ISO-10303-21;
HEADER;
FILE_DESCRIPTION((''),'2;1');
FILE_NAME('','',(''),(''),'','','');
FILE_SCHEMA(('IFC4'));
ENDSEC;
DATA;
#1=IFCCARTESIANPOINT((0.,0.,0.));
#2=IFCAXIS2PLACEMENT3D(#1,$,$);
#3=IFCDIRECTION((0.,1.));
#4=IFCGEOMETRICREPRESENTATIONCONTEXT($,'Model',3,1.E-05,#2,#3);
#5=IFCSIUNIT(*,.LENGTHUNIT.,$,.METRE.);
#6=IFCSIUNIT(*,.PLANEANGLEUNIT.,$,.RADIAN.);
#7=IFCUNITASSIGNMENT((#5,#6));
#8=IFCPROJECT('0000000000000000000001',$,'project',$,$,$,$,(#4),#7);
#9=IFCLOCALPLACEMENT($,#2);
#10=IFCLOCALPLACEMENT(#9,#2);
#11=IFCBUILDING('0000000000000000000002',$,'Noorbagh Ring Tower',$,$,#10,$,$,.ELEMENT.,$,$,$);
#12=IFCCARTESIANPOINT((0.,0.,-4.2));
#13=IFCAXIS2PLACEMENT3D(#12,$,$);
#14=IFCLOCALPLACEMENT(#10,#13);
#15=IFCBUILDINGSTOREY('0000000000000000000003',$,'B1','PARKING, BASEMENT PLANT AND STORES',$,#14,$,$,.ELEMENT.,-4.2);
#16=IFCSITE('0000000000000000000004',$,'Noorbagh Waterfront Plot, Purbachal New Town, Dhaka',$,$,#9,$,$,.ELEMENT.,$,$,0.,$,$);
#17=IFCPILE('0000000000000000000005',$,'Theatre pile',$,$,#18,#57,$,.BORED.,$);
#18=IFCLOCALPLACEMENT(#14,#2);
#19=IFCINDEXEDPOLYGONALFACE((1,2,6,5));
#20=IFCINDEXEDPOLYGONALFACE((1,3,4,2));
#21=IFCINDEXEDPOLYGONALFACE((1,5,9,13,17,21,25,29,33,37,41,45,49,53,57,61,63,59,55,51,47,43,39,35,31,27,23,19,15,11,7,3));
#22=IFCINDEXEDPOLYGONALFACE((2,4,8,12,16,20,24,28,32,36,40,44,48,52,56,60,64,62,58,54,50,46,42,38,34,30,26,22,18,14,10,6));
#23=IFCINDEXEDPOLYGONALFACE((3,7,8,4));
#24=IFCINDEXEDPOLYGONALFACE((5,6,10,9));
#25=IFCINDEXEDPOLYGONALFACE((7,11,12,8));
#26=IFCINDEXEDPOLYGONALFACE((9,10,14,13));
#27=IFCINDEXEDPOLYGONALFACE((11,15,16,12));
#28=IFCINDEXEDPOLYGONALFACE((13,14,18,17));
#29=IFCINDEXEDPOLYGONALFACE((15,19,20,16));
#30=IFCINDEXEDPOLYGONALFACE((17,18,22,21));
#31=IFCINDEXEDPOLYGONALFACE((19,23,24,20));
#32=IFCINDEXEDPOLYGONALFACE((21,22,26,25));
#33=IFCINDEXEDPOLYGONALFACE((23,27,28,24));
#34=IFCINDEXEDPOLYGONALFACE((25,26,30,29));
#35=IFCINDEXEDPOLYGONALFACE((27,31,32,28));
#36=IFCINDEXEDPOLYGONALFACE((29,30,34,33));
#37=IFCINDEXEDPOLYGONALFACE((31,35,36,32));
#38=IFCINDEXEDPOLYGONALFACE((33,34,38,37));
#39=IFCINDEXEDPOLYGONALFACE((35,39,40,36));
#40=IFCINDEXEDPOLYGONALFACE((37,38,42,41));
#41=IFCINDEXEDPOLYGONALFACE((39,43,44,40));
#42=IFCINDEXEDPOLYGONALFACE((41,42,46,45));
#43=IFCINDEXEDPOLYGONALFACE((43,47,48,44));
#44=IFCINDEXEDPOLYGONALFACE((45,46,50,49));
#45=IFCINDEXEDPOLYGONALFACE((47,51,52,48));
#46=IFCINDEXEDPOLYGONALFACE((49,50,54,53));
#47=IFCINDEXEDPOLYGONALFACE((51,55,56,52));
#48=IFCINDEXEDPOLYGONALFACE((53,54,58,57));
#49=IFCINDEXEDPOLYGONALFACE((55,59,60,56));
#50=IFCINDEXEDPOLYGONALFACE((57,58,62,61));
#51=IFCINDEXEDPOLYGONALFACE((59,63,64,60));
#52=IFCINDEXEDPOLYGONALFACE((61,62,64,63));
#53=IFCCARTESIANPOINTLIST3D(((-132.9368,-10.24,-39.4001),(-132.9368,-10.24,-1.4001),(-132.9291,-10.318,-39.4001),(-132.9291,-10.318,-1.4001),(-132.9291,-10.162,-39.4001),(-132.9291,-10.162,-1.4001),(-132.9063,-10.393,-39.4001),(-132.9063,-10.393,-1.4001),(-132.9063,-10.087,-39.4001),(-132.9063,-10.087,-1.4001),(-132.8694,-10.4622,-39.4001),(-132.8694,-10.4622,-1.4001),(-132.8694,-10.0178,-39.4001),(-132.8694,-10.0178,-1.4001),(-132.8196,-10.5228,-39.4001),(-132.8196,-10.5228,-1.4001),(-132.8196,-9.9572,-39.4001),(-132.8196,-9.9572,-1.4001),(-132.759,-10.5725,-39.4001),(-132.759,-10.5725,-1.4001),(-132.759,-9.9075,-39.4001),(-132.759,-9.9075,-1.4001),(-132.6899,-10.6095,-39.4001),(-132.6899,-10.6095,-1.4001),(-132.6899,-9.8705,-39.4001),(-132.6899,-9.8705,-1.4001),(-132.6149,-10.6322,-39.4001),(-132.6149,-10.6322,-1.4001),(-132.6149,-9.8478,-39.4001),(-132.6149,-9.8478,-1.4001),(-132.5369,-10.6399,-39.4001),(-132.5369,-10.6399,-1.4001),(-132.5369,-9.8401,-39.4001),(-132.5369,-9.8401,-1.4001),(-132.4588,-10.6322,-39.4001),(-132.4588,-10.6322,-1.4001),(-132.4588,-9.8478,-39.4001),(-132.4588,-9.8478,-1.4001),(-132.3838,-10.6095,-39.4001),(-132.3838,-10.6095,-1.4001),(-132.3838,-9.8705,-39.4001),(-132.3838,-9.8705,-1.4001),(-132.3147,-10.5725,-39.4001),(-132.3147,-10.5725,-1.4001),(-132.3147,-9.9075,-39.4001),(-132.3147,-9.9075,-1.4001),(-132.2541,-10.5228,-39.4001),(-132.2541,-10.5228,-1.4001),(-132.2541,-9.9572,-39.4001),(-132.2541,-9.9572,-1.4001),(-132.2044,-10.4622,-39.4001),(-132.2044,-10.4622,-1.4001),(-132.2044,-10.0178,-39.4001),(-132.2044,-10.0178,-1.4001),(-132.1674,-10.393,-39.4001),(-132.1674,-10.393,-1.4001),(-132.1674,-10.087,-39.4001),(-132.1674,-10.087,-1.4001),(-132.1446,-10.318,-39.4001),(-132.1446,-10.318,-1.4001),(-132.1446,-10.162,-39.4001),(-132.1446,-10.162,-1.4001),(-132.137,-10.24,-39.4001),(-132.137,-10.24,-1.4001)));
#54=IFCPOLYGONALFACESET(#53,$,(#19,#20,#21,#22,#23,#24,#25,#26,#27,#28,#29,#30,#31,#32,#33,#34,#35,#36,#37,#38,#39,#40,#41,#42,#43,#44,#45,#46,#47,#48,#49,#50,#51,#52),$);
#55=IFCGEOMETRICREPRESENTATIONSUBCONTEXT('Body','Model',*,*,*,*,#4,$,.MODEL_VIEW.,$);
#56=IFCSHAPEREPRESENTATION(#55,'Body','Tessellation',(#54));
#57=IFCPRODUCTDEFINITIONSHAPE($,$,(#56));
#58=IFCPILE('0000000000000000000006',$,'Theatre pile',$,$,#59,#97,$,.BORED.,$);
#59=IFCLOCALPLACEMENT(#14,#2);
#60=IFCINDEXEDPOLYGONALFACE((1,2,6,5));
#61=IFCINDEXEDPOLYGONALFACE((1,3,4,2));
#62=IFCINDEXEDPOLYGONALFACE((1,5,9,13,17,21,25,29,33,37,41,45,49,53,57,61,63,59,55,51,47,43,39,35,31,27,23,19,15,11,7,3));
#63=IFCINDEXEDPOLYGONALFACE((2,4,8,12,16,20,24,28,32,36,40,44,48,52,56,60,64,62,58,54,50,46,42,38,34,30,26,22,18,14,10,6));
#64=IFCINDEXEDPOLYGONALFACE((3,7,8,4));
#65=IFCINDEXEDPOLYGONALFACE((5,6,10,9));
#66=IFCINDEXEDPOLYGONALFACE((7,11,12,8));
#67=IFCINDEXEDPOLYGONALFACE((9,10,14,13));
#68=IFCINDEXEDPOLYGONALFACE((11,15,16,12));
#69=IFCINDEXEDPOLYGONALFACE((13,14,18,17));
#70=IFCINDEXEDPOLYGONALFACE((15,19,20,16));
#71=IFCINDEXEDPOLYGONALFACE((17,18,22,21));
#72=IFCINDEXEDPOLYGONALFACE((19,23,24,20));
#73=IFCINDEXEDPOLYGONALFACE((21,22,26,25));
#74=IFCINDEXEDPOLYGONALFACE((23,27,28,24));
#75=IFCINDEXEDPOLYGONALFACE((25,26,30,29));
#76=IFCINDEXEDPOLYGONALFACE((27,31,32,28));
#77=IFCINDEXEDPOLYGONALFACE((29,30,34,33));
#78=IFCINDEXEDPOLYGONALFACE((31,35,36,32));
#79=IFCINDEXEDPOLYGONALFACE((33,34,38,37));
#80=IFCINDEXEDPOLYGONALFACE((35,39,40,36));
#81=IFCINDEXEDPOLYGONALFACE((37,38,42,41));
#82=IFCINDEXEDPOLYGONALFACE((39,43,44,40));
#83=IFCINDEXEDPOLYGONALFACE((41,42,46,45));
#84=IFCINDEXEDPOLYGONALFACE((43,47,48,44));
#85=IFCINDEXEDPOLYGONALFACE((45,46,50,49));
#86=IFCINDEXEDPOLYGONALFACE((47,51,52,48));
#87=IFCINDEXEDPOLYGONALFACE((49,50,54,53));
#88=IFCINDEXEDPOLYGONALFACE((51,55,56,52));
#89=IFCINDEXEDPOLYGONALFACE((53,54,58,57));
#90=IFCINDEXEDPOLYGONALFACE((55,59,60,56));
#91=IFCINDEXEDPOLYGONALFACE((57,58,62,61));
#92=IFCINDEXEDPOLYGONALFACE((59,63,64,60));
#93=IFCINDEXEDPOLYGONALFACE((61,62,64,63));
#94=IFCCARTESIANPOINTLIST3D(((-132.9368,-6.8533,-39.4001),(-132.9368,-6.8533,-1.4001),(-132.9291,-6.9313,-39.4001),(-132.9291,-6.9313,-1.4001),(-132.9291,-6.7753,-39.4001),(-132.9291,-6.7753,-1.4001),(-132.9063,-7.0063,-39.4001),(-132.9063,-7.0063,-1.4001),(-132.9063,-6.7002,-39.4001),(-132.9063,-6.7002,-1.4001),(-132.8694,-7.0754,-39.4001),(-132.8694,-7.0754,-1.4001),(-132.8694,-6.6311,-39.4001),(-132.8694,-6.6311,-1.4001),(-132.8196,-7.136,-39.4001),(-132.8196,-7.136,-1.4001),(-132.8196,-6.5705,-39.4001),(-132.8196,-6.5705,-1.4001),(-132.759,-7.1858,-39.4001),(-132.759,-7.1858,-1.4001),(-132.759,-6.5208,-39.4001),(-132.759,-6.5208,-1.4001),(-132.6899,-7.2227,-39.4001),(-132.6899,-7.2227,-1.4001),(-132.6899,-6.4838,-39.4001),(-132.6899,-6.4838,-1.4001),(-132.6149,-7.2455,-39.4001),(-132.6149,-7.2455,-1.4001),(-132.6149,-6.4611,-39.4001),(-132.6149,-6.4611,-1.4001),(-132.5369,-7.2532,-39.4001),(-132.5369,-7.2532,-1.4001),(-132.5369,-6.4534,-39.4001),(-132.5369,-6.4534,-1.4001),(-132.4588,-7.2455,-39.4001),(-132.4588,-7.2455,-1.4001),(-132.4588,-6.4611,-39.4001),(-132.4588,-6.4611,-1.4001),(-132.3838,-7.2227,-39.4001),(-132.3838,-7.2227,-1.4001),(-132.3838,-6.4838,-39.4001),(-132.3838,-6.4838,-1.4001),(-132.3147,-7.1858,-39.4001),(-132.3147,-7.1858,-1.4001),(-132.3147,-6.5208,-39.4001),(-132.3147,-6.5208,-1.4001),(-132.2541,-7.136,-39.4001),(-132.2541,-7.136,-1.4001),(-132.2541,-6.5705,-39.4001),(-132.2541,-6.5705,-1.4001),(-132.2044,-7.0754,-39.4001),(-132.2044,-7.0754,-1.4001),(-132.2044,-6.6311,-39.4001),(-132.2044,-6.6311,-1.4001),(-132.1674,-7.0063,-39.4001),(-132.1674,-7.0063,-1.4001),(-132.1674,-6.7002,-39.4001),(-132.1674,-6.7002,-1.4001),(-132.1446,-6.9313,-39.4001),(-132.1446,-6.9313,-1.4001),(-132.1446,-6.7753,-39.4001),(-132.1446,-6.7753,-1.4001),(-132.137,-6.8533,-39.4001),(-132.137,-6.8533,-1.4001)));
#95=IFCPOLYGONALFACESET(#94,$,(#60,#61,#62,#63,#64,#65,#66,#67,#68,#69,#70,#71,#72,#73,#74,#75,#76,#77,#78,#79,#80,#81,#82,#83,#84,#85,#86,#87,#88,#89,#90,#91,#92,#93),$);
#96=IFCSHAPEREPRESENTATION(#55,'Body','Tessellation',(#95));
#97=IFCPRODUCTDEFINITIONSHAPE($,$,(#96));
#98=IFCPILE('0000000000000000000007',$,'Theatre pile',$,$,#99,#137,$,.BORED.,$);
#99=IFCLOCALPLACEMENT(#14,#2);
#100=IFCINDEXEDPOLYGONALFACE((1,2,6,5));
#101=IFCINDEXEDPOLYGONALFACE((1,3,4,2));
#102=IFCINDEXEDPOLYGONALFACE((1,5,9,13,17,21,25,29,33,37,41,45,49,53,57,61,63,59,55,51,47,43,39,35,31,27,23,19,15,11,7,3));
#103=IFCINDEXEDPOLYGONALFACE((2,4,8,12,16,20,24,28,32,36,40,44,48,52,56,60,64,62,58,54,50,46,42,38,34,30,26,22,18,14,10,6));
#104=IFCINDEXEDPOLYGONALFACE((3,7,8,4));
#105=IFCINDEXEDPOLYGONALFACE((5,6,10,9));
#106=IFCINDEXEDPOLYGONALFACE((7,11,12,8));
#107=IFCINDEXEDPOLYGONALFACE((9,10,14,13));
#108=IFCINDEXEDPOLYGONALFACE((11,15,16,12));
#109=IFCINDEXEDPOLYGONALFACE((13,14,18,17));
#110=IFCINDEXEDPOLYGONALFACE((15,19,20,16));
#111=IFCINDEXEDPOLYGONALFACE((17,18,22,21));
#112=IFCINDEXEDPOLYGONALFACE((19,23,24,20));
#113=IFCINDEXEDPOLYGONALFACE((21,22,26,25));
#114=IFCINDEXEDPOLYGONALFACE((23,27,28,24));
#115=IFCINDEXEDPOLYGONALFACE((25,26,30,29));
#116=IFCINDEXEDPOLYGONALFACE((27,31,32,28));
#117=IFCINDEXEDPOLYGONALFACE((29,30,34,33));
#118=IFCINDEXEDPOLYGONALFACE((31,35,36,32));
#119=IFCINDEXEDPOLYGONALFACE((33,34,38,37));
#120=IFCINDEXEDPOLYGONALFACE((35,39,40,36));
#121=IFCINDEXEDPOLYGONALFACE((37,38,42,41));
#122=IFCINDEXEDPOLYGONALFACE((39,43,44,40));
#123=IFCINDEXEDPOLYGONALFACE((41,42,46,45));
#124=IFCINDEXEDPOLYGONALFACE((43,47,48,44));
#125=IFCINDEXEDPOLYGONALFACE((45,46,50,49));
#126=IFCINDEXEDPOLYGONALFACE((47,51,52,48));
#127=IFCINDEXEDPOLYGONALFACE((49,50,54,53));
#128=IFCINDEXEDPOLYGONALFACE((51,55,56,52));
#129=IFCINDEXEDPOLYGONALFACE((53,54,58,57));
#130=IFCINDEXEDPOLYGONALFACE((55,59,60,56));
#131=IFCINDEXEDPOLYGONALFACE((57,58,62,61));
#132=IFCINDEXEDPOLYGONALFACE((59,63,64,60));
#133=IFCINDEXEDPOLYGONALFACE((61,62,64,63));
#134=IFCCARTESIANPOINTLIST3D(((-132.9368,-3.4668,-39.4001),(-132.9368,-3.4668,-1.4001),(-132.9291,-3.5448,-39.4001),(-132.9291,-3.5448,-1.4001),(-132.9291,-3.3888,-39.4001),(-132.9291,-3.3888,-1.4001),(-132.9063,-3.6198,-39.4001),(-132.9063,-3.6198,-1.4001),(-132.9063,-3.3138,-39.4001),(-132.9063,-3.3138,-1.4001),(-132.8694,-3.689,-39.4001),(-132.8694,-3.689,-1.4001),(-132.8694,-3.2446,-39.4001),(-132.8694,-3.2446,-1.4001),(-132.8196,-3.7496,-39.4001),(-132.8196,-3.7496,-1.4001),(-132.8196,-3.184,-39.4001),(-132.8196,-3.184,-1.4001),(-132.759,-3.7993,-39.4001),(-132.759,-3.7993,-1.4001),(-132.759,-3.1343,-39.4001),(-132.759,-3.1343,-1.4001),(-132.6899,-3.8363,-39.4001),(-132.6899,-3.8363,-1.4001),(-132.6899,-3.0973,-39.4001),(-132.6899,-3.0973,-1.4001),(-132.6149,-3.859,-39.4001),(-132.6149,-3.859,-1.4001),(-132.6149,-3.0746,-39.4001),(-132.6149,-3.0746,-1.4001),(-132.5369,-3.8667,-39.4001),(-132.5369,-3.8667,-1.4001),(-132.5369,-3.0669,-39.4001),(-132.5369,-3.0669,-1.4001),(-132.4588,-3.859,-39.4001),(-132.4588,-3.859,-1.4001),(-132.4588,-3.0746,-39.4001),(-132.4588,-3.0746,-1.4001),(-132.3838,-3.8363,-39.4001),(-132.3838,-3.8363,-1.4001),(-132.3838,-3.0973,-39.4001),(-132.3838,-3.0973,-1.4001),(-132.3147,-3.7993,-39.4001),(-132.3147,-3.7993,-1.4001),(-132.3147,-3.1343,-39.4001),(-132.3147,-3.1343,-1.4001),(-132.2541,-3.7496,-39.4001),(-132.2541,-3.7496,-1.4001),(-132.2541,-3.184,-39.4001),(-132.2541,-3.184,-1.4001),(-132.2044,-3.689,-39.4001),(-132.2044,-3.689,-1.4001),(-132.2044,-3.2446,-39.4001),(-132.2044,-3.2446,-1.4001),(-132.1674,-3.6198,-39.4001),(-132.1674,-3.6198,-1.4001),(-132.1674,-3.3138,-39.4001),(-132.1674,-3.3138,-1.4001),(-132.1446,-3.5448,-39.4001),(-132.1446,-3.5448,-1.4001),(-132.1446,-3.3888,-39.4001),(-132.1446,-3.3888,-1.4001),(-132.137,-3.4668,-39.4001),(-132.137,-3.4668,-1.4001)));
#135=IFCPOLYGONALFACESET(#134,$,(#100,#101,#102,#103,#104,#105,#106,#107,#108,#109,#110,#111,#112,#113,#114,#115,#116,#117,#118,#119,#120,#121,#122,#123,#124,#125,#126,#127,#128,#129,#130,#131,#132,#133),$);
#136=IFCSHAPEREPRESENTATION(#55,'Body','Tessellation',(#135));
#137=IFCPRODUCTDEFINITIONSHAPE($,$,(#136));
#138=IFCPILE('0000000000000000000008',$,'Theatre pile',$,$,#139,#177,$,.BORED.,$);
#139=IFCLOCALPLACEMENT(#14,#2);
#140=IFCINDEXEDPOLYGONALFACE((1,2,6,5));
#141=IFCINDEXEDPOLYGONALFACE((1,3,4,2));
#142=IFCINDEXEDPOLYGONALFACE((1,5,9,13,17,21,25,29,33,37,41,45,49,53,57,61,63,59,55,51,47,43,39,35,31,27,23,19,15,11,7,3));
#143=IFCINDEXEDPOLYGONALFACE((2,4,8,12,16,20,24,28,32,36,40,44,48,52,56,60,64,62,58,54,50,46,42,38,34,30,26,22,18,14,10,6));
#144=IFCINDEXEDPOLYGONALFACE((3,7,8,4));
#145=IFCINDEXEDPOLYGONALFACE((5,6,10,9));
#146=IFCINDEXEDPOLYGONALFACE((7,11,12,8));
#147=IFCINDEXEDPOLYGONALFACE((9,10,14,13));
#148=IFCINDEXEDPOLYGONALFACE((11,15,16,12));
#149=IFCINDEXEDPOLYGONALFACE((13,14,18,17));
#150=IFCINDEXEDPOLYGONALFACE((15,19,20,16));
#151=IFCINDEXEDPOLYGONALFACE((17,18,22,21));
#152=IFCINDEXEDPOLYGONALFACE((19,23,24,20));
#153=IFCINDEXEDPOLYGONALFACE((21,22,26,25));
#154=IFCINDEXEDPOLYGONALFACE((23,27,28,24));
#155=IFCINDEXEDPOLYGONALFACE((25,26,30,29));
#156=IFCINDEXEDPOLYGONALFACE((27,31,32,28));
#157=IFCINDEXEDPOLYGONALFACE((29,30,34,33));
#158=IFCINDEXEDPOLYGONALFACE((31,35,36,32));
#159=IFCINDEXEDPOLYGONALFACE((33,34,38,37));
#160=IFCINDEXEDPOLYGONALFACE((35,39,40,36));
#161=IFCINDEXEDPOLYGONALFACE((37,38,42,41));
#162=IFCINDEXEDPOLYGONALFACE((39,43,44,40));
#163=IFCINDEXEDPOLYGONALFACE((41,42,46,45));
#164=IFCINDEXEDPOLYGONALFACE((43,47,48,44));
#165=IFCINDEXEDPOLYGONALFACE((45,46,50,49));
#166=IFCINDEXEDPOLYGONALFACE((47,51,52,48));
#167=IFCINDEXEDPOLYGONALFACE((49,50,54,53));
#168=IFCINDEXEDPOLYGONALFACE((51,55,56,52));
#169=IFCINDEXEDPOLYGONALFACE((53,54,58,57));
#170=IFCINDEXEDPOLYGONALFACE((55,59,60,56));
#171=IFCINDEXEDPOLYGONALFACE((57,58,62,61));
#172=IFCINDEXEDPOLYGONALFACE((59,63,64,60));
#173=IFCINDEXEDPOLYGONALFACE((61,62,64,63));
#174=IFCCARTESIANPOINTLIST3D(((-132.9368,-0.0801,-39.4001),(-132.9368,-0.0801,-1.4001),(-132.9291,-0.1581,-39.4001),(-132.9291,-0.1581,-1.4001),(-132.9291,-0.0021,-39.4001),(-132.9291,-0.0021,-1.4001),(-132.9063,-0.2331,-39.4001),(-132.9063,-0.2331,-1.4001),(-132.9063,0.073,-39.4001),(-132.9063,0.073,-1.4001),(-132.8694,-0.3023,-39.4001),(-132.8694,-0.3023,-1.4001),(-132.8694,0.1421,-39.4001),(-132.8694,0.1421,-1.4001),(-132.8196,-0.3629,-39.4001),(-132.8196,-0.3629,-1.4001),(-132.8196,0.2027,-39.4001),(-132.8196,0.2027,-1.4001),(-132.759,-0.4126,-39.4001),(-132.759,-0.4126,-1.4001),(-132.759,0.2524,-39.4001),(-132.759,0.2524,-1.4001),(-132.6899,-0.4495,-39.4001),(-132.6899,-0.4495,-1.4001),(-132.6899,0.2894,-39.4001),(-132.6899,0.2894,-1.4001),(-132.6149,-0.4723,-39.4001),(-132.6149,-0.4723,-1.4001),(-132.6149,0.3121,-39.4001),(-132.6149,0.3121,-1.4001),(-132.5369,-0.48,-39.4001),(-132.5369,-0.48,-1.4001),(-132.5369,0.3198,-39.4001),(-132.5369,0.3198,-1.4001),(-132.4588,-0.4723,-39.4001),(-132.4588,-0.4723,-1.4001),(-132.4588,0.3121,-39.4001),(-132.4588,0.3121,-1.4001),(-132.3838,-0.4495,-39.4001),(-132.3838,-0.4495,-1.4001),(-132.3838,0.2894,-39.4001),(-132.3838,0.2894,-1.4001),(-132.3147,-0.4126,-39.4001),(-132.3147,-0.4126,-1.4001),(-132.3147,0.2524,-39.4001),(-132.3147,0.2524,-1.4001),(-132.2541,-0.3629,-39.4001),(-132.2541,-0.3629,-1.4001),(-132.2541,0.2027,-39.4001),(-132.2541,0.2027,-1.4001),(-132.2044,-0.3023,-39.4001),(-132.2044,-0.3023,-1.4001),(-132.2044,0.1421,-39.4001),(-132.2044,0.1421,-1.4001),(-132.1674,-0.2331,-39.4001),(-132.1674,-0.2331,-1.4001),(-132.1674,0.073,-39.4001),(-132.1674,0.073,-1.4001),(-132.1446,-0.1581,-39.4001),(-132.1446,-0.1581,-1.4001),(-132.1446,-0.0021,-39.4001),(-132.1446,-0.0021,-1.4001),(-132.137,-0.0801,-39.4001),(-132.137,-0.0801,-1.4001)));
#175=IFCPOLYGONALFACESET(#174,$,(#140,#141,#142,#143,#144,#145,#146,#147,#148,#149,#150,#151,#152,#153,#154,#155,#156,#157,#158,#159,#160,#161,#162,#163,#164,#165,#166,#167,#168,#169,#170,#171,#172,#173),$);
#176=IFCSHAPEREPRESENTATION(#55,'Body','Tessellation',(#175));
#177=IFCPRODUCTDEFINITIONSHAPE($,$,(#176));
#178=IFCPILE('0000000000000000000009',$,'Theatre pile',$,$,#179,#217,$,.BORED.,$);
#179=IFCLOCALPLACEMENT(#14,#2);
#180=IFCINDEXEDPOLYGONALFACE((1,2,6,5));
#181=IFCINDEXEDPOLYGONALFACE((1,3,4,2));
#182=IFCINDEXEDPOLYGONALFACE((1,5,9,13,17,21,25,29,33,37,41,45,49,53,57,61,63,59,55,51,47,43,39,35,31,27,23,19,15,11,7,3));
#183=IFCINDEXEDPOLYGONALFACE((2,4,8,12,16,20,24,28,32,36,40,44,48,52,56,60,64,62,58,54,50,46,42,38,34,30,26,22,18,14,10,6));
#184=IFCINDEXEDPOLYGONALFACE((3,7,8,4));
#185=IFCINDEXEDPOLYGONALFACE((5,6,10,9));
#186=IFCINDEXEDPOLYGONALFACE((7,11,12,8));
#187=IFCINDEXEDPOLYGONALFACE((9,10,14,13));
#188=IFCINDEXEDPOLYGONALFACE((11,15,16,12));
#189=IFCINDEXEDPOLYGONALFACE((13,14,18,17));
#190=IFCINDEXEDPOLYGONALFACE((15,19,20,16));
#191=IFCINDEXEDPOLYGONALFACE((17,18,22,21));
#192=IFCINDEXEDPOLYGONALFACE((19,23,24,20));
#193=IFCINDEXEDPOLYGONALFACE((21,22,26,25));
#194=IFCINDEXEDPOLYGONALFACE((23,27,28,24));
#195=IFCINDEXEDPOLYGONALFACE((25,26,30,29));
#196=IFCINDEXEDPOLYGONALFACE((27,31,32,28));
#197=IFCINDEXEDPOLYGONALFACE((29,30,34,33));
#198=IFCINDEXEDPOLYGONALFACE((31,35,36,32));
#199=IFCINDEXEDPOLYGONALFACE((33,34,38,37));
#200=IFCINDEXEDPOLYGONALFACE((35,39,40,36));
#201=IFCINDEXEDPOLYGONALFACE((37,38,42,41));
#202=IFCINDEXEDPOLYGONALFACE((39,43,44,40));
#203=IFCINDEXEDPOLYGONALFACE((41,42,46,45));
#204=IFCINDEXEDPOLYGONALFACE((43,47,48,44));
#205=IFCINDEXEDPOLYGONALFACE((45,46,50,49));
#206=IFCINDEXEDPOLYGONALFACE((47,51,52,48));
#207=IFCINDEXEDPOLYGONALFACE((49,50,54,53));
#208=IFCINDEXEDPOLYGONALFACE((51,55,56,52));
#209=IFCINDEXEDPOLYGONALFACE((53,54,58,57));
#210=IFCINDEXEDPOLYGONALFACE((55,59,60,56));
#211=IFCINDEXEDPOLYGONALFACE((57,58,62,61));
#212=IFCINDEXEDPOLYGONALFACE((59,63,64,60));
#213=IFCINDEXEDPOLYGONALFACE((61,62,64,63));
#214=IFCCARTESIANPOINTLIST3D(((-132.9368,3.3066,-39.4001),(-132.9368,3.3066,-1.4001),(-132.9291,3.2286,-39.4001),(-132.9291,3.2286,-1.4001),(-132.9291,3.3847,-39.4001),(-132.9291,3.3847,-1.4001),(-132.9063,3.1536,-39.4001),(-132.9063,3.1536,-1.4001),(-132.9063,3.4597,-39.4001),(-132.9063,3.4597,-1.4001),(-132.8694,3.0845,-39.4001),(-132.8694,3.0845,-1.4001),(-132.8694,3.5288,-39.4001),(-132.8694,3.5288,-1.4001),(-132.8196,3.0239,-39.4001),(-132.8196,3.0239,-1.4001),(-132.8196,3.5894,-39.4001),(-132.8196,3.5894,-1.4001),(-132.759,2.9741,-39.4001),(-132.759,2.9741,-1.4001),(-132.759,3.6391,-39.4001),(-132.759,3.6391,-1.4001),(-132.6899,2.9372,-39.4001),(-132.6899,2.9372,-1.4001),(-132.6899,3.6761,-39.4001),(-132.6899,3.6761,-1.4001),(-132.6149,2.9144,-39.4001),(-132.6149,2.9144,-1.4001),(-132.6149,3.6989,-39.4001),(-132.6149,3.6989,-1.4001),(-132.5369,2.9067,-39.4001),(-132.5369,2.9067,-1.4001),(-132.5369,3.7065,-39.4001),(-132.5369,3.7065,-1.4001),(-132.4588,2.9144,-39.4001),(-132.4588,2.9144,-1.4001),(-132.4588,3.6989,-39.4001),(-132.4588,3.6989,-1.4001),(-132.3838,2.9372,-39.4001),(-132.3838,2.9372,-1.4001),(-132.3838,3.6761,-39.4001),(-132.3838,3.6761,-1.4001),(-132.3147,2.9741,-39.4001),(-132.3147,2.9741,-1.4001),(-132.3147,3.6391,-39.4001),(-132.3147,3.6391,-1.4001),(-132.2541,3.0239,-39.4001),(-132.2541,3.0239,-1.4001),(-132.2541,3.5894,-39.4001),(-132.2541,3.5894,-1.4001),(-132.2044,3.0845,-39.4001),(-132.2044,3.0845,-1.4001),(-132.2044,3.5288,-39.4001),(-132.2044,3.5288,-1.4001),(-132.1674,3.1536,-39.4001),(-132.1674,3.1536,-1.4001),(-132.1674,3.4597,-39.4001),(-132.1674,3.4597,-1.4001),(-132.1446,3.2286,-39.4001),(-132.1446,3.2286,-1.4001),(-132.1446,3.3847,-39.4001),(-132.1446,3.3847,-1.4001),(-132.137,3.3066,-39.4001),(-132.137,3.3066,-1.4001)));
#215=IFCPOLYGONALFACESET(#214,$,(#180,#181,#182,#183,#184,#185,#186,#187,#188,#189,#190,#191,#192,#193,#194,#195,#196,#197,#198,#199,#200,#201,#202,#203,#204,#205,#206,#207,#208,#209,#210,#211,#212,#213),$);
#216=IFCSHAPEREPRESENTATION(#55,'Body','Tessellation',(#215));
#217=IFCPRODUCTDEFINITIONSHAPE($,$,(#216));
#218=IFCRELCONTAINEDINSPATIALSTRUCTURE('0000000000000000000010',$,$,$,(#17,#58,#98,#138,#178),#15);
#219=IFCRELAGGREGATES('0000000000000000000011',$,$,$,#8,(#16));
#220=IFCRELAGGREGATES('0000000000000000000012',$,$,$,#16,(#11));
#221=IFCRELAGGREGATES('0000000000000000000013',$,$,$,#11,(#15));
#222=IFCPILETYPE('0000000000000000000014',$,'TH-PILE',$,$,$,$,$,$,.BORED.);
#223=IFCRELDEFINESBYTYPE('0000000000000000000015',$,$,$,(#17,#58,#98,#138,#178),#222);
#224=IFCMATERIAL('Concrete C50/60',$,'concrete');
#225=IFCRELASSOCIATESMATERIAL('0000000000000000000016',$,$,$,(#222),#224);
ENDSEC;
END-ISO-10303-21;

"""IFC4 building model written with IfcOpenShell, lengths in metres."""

from ifc_helpers import new_model, si_unit, direction, frame, origin, origin_2d, place, context, subcontext, project, spatial, circle, extrude, material, material_profile, profile_set, type_object, element, save


model = new_model("IFC4")

# Units and contexts
model_context = context("Model", 3, precision=1e-05, world=origin(), true_north=direction((0.0, 1.0)))
body_context = subcontext(model_context, "Body", "Model", "MODEL_VIEW")
ifc_project = project(units=[si_unit("LENGTHUNIT", "METRE"), si_unit("PLANEANGLEUNIT", "RADIAN")], contexts=[model_context])

# Site, building, storey
site_placement = place(None, origin())
site = spatial("IfcSite", under=ifc_project, at=site_placement, Name="Noorbagh Waterfront Plot, Purbachal New Town, Dhaka", CompositionType="ELEMENT", RefElevation=0.0)
building_placement = place(site_placement, origin())
building = spatial("IfcBuilding", under=site, at=building_placement, Name="Noorbagh Ring Tower", CompositionType="ELEMENT")
storey_placement = place(building_placement, frame((0.0, 0.0, -4.2)))
storey = spatial("IfcBuildingStorey", under=building, at=storey_placement, Name="B1", Description="PARKING, BASEMENT PLANT AND STORES", CompositionType="ELEMENT", Elevation=-4.2)

# Piles
ifc_material_1 = material(Name="Concrete C50/60", Category="concrete")
ifc_material_profile = material_profile(ifc_material_1, circle(Radius=0.3999, at=origin_2d()), Name="PILE800")
ifc_profile_set = profile_set([ifc_material_profile], Name="Concrete C50/60")
pile_type = type_object("IfcPileType", Name="TH-PILE", PredefinedType="BORED", material=ifc_profile_set)
for number, where, z_axis, x_axis, name in (
    (1, (-132.5369, -10.24, -1.4001), (0.0, 0.0, -1.0), (1.0, 0.0, 0.0), "Theatre pile"),
    (2, (-132.5369, -6.8533, -1.4001), (0.0, 0.0, -1.0), (1.0, 0.0, 0.0), "Theatre pile"),
    (3, (-132.5369, -3.4668, -1.4001), (0.0, 0.0, -1.0), (1.0, 0.0, 0.0), "Theatre pile"),
    (4, (-132.5369, -0.0801, -1.4001), (0.0, 0.0, -1.0), (1.0, 0.0, 0.0), "Theatre pile"),
    (5, (-132.5369, 3.3066, -1.4001), (0.0, 0.0, -1.0), (1.0, 0.0, 0.0), "Theatre pile"),
):
    element("IfcPile", number, at=place(storey_placement, frame(where, z_axis=z_axis, x_axis=x_axis)), inside=storey, type_object=pile_type, Name=name, PredefinedType="BORED", context=body_context, shape_type="SweptSolid", body=[
        extrude(circle(Radius=0.3999, at=origin_2d()), origin(), (0.0, 0.0, 1.0), 38.0),
    ])

save(model, "model.ifc")
